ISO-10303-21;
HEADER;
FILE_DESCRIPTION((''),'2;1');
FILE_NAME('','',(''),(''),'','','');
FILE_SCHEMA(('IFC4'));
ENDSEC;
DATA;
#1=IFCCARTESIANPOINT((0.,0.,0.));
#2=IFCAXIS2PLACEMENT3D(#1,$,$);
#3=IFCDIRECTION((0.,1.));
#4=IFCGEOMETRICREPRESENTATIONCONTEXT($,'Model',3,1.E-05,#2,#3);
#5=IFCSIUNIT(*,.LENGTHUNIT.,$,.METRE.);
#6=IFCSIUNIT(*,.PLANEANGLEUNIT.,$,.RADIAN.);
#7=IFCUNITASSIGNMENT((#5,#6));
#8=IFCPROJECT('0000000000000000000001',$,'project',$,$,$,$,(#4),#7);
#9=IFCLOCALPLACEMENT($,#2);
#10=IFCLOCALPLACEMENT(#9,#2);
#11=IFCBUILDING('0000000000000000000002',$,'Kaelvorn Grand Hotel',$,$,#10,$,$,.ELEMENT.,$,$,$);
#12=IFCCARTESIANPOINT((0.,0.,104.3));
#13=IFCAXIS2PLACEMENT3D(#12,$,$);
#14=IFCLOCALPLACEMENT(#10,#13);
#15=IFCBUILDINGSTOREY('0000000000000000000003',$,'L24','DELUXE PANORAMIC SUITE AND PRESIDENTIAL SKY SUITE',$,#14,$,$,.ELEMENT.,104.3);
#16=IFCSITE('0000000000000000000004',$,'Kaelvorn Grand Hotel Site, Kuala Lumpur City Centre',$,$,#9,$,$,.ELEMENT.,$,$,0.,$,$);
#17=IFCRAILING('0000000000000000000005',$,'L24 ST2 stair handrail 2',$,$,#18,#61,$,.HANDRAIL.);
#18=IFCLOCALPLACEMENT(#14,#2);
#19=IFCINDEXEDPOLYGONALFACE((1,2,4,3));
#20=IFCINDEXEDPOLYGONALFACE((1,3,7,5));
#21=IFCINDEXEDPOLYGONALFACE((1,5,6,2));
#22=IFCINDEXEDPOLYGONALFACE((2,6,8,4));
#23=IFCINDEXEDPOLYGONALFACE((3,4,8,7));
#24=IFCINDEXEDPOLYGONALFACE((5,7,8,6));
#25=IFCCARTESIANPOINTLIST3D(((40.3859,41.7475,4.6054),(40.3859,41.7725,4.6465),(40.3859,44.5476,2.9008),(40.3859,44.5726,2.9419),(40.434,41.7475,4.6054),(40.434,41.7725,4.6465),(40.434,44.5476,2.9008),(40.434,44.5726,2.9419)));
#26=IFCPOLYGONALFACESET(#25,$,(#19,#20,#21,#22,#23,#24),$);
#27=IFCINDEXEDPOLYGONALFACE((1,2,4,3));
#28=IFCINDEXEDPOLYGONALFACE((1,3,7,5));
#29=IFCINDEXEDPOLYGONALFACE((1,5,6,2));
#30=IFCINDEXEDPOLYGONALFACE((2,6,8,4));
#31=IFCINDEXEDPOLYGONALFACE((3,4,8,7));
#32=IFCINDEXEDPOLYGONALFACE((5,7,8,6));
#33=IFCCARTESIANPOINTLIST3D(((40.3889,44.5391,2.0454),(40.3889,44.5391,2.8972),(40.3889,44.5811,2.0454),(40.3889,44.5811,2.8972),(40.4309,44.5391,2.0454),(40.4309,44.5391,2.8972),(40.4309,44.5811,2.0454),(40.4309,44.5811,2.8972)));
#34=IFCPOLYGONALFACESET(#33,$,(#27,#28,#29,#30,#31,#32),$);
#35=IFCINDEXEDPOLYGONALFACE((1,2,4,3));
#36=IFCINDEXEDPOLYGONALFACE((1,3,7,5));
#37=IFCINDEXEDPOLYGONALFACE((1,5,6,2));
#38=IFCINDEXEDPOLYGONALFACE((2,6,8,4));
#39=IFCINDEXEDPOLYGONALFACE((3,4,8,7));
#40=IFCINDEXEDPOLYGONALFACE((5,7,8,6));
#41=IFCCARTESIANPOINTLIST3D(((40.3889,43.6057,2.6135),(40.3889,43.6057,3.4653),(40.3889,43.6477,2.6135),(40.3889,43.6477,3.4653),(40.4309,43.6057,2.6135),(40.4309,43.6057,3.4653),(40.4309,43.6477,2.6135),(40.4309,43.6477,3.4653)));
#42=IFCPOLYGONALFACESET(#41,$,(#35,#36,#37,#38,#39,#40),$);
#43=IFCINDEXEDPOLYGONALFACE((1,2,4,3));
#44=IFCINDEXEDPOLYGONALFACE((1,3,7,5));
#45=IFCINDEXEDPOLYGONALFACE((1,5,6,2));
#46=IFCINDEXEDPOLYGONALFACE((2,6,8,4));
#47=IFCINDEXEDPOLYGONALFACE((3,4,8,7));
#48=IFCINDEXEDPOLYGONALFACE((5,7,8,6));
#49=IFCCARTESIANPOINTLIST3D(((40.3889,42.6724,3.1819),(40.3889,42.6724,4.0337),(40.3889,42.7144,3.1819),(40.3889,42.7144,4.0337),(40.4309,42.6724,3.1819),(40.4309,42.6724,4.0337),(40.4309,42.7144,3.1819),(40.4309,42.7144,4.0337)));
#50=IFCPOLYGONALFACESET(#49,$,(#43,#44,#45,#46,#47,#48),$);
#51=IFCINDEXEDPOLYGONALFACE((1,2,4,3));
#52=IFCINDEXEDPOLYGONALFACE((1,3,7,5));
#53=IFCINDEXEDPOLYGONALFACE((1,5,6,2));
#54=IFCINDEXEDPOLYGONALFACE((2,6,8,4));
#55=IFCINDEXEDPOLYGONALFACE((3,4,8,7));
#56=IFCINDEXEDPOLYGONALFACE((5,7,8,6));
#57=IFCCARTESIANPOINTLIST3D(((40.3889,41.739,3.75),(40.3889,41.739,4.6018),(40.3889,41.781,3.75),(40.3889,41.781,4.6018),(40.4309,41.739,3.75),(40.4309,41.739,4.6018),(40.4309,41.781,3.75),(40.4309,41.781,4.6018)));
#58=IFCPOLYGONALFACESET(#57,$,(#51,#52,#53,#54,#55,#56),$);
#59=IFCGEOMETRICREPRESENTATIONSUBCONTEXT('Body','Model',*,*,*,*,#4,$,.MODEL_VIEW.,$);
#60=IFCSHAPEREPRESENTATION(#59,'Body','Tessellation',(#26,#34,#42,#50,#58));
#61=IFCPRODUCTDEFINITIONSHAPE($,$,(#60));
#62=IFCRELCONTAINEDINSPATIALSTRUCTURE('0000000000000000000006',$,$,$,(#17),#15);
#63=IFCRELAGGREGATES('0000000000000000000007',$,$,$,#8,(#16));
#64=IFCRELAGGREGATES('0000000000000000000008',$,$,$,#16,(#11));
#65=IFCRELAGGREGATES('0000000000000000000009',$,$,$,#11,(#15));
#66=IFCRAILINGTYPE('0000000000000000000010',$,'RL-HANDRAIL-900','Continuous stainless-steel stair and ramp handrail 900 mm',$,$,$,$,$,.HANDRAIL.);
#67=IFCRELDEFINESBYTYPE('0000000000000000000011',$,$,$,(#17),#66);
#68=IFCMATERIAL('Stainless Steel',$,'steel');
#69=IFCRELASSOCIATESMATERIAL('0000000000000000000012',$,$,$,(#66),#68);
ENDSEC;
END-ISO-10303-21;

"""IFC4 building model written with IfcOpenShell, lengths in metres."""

from ifc_helpers import new_model, si_unit, direction, frame, origin, origin_2d, place, context, subcontext, project, spatial, rectangle, extrude, material, type_object, element, save


model = new_model("IFC4")

# Units and contexts
model_context = context("Model", 3, precision=1e-05, world=origin(), true_north=direction((0.0, 1.0)))
body_context = subcontext(model_context, "Body", "Model", "MODEL_VIEW")
ifc_project = project(units=[si_unit("LENGTHUNIT", "METRE"), si_unit("PLANEANGLEUNIT", "RADIAN")], contexts=[model_context])

# Site, building, storey
site_placement = place(None, origin())
site = spatial("IfcSite", under=ifc_project, at=site_placement, Name="Kaelvorn Grand Hotel Site, Kuala Lumpur City Centre", CompositionType="ELEMENT", RefElevation=0.0)
building_placement = place(site_placement, origin())
building = spatial("IfcBuilding", under=site, at=building_placement, Name="Kaelvorn Grand Hotel", CompositionType="ELEMENT")
storey_placement = place(building_placement, frame((0.0, 0.0, 104.3)))
storey = spatial("IfcBuildingStorey", under=building, at=storey_placement, Name="L24", Description="DELUXE PANORAMIC SUITE AND PRESIDENTIAL SKY SUITE", CompositionType="ELEMENT", Elevation=104.3)

# Railing
ifc_material_1 = material(Name="Stainless Steel", Category="steel")
railing_type = type_object("IfcRailingType", Name="RL-HANDRAIL-900", Description="Continuous stainless-steel stair and ramp handrail 900 mm", PredefinedType="HANDRAIL", material=ifc_material_1)
railing_placement = place(storey_placement, frame((40.4099, 44.5601, 2.0454)))
element("IfcRailing", 1, at=railing_placement, inside=storey, type_object=railing_type, Name="L24 ST2 stair handrail 2", PredefinedType="HANDRAIL", context=body_context, shape_type="SweptSolid", body=[
    extrude(rectangle(XDim=0.0481, YDim=0.0481, at=origin_2d()), frame((0.0, 0.0, 0.876), z_axis=(0.0, -0.85417, 0.519994), x_axis=(1.0, 0.0, 0.0)), (0.0, 0.0, 1.0), 3.2781),
    extrude(rectangle(XDim=0.042, YDim=0.042, at=origin_2d()), origin(), (0.0, 0.0, 1.0), 0.8518),
    extrude(rectangle(XDim=0.042, YDim=0.042, at=origin_2d()), frame((0.0, -0.9333, 0.5681)), (0.0, 0.0, 1.0), 0.8518),
    extrude(rectangle(XDim=0.042, YDim=0.042, at=origin_2d()), frame((0.0, -1.8667, 1.1365)), (0.0, 0.0, 1.0), 0.8518),
    extrude(rectangle(XDim=0.042, YDim=0.042, at=origin_2d()), frame((0.0, -2.8, 1.7046)), (0.0, 0.0, 1.0), 0.8518),
])

save(model, "model.ifc")
